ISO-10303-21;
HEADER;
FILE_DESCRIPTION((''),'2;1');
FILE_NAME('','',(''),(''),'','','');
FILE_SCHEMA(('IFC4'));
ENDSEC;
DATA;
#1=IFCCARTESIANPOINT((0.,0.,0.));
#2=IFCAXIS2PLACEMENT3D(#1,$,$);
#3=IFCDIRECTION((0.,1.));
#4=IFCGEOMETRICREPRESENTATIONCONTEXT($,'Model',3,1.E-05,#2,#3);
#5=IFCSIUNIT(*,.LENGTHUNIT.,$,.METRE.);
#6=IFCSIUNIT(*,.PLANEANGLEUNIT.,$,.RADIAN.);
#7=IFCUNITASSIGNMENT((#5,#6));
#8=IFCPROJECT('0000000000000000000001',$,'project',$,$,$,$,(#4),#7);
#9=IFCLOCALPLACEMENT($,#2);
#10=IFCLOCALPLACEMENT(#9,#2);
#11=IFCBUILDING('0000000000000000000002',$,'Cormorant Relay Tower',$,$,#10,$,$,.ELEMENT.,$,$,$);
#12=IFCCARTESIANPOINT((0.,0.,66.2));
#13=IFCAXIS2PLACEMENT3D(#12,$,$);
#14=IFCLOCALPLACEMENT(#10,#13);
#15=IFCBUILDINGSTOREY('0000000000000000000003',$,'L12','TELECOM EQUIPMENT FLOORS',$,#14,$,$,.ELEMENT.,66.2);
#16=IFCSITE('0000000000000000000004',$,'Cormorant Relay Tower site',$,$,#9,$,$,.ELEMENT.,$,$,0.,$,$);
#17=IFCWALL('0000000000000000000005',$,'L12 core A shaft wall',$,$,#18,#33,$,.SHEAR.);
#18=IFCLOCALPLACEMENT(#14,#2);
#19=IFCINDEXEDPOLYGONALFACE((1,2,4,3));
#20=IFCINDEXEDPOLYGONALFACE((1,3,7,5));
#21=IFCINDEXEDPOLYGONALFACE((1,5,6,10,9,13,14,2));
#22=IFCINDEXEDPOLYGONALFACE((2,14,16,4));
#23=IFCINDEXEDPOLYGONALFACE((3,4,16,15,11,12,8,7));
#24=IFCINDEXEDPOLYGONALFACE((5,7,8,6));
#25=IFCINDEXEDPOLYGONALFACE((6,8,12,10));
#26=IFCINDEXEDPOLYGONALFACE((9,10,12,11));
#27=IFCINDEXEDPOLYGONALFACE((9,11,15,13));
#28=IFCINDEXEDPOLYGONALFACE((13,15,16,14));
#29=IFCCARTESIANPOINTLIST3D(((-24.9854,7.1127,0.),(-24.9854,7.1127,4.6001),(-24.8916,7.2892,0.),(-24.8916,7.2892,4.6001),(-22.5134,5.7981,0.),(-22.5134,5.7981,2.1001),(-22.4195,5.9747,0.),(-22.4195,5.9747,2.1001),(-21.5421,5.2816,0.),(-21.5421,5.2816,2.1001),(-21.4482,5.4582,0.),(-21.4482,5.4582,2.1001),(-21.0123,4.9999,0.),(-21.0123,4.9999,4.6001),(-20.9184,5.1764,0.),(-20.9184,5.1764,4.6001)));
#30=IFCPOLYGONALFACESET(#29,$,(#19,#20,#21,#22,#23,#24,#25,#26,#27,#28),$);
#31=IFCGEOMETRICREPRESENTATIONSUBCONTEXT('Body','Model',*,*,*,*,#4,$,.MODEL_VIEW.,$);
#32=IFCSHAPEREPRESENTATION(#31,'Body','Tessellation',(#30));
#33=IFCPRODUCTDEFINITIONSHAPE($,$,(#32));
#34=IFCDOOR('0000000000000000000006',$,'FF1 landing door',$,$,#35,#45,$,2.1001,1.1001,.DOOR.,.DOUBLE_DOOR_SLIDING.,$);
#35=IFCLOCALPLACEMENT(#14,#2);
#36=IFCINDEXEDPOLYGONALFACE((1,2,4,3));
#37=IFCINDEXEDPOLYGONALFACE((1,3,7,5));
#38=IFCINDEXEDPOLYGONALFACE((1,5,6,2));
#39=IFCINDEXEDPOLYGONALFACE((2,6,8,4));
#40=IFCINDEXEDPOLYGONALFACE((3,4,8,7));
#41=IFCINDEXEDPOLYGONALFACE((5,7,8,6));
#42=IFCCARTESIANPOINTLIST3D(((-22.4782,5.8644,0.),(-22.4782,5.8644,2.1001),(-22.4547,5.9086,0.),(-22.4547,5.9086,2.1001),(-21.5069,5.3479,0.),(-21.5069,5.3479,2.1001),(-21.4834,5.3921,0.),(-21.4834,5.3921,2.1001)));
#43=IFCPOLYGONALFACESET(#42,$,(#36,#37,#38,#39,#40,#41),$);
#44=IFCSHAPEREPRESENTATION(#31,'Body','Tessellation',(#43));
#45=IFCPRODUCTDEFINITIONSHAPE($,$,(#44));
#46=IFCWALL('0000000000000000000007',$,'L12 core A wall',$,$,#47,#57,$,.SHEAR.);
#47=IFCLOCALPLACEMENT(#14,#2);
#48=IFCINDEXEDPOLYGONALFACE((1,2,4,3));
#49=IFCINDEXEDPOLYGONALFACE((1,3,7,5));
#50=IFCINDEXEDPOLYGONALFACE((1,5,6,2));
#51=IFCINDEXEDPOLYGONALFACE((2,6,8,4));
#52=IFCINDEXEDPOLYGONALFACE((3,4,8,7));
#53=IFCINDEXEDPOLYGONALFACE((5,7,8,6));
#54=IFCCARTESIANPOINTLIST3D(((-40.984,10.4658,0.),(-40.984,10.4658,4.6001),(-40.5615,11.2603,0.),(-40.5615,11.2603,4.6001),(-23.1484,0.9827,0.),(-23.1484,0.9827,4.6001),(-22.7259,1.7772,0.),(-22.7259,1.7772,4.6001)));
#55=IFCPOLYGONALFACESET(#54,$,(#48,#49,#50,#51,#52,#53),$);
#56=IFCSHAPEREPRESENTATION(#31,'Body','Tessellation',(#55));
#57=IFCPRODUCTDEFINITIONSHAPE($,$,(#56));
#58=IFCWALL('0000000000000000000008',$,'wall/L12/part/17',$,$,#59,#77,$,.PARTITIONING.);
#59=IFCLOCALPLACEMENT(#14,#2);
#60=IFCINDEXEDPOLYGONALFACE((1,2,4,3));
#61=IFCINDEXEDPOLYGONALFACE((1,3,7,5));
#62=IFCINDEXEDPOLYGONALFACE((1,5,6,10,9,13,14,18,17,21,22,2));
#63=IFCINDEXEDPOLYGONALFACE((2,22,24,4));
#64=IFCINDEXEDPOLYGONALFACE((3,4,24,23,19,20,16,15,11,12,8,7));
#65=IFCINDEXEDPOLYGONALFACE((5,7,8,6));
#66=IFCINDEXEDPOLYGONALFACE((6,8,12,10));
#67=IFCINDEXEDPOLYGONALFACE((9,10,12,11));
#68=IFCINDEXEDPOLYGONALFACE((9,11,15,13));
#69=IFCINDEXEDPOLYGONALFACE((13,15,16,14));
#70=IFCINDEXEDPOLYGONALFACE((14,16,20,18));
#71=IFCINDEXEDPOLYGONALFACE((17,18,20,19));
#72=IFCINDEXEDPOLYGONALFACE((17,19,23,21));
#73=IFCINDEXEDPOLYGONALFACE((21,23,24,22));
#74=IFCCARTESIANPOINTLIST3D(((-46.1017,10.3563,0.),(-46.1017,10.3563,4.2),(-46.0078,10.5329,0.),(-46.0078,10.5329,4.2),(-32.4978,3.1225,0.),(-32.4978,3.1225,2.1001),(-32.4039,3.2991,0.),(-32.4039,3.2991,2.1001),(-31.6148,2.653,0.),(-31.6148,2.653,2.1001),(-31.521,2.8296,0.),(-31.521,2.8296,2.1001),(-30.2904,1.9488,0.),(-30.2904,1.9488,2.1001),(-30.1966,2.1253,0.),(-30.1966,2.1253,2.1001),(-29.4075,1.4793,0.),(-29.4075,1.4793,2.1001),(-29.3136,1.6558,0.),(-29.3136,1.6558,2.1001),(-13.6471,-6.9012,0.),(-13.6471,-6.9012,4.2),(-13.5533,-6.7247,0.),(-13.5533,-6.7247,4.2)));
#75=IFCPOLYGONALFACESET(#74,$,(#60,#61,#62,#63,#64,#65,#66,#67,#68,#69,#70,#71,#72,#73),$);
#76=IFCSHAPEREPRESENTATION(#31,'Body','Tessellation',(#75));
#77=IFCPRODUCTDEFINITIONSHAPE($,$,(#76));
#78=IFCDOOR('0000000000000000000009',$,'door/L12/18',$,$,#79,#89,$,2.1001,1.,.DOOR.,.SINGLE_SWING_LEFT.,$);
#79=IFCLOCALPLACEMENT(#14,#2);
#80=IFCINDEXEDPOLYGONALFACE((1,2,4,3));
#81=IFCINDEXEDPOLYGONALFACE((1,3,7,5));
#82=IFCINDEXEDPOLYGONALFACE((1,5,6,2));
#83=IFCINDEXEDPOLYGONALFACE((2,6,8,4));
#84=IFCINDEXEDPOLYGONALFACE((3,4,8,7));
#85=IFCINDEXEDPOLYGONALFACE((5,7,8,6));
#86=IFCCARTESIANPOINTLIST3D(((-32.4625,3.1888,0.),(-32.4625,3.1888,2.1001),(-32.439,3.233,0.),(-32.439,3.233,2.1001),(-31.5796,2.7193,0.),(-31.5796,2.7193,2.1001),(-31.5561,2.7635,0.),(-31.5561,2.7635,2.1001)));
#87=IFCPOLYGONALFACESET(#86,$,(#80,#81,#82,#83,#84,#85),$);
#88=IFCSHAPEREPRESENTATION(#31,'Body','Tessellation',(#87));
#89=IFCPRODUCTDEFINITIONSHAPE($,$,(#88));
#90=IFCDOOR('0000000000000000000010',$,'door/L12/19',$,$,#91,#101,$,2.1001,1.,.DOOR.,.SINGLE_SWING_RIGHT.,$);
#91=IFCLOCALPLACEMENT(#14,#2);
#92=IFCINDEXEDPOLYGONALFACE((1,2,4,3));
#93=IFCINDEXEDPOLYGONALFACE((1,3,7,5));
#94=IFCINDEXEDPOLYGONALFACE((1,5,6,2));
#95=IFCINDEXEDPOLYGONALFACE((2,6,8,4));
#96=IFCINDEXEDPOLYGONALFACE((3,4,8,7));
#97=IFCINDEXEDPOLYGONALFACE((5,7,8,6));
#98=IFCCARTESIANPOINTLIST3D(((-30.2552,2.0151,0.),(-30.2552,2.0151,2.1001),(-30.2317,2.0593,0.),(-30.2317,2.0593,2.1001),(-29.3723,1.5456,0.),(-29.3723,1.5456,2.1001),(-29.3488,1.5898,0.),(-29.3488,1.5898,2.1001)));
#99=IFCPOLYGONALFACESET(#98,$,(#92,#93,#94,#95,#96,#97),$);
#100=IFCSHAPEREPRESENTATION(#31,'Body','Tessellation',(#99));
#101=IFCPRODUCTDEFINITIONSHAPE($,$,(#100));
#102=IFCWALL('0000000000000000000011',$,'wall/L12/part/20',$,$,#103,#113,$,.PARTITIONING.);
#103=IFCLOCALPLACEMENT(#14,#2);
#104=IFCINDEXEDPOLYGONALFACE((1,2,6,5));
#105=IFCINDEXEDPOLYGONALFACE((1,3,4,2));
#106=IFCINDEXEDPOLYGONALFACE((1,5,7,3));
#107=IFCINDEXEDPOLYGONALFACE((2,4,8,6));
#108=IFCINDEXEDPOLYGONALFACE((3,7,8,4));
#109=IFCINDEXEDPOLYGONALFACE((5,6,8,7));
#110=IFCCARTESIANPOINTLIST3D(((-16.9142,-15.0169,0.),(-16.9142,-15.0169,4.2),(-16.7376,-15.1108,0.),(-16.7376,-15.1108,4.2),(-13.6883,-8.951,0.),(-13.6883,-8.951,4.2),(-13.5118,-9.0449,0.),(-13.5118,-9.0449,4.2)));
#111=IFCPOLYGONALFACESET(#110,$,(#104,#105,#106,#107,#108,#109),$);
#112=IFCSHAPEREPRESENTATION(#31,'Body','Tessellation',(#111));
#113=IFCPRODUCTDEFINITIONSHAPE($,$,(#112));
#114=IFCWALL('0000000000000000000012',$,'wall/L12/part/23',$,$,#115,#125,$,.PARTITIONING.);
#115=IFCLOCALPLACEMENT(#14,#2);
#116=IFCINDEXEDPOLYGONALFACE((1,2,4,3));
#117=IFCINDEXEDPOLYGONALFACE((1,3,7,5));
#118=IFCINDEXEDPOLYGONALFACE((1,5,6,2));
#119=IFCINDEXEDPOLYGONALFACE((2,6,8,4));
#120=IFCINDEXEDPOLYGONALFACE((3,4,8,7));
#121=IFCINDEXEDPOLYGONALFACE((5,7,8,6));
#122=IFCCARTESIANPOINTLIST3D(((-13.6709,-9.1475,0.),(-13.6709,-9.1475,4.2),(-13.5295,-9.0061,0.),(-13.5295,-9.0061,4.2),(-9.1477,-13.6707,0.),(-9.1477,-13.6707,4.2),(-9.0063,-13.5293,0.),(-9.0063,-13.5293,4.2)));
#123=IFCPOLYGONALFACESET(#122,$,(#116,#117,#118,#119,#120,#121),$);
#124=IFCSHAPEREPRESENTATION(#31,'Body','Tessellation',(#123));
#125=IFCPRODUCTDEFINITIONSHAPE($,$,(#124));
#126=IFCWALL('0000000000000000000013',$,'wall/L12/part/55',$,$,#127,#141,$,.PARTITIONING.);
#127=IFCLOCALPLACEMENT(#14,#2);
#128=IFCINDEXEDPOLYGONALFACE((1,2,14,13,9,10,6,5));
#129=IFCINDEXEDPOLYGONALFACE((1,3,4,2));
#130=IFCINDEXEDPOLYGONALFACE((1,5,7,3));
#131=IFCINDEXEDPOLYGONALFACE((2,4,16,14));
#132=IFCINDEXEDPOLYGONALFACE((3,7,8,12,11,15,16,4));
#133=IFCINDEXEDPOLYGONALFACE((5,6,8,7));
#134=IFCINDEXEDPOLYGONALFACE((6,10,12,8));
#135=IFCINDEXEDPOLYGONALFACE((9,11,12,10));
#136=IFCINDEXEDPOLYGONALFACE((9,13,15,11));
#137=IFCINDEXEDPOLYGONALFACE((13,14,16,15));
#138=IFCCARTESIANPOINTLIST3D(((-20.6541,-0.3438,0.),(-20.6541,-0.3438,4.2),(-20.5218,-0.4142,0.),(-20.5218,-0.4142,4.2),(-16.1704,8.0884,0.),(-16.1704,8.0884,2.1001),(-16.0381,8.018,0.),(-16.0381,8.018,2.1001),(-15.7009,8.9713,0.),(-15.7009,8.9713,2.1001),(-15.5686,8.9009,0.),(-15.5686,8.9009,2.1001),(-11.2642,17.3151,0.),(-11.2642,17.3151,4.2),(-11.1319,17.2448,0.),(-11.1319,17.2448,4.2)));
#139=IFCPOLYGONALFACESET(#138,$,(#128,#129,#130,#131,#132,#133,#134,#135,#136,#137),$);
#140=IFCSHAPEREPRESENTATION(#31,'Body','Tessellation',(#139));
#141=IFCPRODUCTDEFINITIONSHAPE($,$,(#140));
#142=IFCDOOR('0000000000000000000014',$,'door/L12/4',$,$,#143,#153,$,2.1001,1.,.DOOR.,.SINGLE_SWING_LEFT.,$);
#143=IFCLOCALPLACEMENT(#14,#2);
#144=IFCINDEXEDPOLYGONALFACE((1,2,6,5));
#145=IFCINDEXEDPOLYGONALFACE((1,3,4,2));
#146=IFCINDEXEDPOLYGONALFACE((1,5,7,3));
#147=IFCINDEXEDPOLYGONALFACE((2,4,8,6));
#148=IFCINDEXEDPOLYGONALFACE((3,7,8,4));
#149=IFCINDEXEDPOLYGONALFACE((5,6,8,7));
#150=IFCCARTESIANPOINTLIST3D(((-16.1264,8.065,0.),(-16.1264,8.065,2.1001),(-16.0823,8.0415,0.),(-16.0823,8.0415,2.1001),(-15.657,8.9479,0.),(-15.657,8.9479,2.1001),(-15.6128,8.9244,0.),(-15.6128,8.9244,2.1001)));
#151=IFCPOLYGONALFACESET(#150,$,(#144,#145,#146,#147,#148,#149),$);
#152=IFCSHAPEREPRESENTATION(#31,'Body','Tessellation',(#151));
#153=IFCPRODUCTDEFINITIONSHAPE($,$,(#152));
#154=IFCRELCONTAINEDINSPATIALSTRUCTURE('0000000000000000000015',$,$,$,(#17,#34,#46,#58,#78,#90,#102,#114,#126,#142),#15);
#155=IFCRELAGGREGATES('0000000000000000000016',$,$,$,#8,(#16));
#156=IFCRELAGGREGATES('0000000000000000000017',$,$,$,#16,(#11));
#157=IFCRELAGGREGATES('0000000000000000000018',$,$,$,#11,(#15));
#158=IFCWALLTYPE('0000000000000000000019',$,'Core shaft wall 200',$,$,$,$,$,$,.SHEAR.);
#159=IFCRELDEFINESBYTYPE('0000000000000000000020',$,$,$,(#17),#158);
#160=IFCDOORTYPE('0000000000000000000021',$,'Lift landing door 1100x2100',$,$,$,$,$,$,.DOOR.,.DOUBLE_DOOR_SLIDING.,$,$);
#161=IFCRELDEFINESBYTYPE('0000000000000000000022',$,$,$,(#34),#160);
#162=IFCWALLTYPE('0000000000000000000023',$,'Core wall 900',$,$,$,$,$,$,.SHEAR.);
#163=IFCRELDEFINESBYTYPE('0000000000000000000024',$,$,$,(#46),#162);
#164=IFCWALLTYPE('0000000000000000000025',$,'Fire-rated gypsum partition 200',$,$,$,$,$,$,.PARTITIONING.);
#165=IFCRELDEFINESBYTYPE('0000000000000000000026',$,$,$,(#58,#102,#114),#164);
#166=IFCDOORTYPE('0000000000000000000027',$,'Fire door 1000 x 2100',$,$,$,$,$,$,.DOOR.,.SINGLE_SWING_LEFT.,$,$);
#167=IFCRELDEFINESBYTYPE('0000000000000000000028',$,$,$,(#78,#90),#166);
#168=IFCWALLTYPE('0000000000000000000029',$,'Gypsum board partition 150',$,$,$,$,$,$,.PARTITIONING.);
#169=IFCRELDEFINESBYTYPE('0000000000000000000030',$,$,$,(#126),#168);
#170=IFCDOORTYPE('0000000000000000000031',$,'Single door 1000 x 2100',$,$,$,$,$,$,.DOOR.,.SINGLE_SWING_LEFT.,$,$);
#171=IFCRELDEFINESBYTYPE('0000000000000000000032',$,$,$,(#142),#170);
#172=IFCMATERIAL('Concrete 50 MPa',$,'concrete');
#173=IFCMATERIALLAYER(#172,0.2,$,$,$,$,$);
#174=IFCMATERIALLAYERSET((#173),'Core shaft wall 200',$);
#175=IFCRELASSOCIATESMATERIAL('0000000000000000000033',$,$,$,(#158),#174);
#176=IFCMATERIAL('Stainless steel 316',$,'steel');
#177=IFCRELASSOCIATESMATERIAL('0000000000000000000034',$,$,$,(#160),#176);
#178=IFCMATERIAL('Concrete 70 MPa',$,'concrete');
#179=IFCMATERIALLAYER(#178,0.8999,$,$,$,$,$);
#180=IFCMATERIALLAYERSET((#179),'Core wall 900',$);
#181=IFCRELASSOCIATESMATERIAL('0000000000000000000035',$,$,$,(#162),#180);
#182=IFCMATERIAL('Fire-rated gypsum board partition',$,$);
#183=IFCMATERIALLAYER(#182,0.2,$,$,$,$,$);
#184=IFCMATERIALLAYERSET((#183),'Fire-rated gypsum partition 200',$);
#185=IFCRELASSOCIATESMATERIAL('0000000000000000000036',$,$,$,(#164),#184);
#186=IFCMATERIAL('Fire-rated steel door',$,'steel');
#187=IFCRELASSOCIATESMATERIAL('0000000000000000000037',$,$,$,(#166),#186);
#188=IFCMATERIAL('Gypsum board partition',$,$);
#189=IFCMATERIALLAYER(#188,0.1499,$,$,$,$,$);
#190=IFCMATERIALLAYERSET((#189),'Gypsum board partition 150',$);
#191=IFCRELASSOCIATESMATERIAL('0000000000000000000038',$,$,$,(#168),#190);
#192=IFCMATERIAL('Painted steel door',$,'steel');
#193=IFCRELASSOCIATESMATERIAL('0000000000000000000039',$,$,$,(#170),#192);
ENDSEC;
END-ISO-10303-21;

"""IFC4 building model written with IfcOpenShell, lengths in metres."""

from ifc_helpers import new_model, si_unit, direction, frame, frame_2d, origin, place, context, subcontext, project, spatial, rectangle, extrude, material, layer, layer_set, type_object, element, fill, save


model = new_model("IFC4")

# Units and contexts
model_context = context("Model", 3, precision=1e-05, world=origin(), true_north=direction((0.0, 1.0)))
body_context = subcontext(model_context, "Body", "Model", "MODEL_VIEW")
ifc_project = project(units=[si_unit("LENGTHUNIT", "METRE"), si_unit("PLANEANGLEUNIT", "RADIAN")], contexts=[model_context])

# Site, building, storey
site_placement = place(None, origin())
site = spatial("IfcSite", under=ifc_project, at=site_placement, Name="Cormorant Relay Tower site", CompositionType="ELEMENT", RefElevation=0.0)
building_placement = place(site_placement, origin())
building = spatial("IfcBuilding", under=site, at=building_placement, Name="Cormorant Relay Tower", CompositionType="ELEMENT")
storey_placement = place(building_placement, frame((0.0, 0.0, 66.2)))
storey = spatial("IfcBuildingStorey", under=building, at=storey_placement, Name="L12", Description="TELECOM EQUIPMENT FLOORS", CompositionType="ELEMENT", Elevation=66.2)

# Shared definitions
ifc_material_1 = material(Name="Concrete 50 MPa", Category="concrete")
ifc_layer_1 = layer(ifc_material_1, 0.2)
ifc_layer_set_1 = layer_set([ifc_layer_1], Name="Core shaft wall 200")
wall_type_1 = type_object("IfcWallType", Name="Core shaft wall 200", PredefinedType="SHEAR", material=ifc_layer_set_1)

# Wall, opening, door
wall_1_placement = place(storey_placement, frame((-20.9653, 5.0881, 0.0), z_axis=(0.0, 0.0, 1.0), x_axis=(-0.882926, 0.469512, 0.0)))
wall_1 = element("IfcWall", 1, at=wall_1_placement, inside=storey, type_object=wall_type_1, Name="L12 core A shaft wall", PredefinedType="SHEAR", context=body_context, shape_type="SweptSolid", body=[
    extrude(rectangle(XDim=4.5, YDim=0.2, at=frame_2d((2.25, 0.0))), origin(), (0.0, 0.0, 1.0), 4.6001),
])
opening_1_placement = place(wall_1_placement, frame((0.6001, 0.0, 0.0)))
opening_1 = element("IfcOpeningElement", 2, at=opening_1_placement, cuts=wall_1, PredefinedType="OPENING", context=body_context, shape_type="SweptSolid", body=[
    extrude(rectangle(XDim=1.1001, YDim=2.1001, at=frame_2d((0.55, 1.05))), frame((0.0, 0.1099, 0.0), z_axis=(0.0, -1.0, 0.0), x_axis=(1.0, 0.0, 0.0)), (0.0, 0.0, 1.0), 0.22),
])
ifc_material_2 = material(Name="Stainless steel 316", Category="steel")
door_type_1 = type_object("IfcDoorType", Name="Lift landing door 1100x2100", OperationType="DOUBLE_DOOR_SLIDING", PredefinedType="DOOR", material=ifc_material_2)
door_1_placement = place(opening_1_placement, origin())
door_1 = element("IfcDoor", 3, at=door_1_placement, inside=storey, type_object=door_type_1, Name="FF1 landing door", OperationType="DOUBLE_DOOR_SLIDING", OverallHeight=2.1001, OverallWidth=1.1001, PredefinedType="DOOR", context=body_context, shape_type="SweptSolid", body=[
    extrude(rectangle(XDim=1.1001, YDim=2.1001, at=frame_2d((0.55, 1.05))), frame((0.0, 0.0249, 0.0), z_axis=(0.0, -1.0, 0.0), x_axis=(1.0, 0.0, 0.0)), (0.0, 0.0, 1.0), 0.05),
])
fill(opening_1, door_1)

# Wall
ifc_material_3 = material(Name="Concrete 70 MPa", Category="concrete")
ifc_layer_2 = layer(ifc_material_3, 0.8999)
ifc_layer_set_2 = layer_set([ifc_layer_2], Name="Core wall 900")
wall_type_2 = type_object("IfcWallType", Name="Core wall 900", PredefinedType="SHEAR", material=ifc_layer_set_2)
wall_2_placement = place(storey_placement, frame((-22.937, 1.3799, 0.0), z_axis=(0.0, 0.0, 1.0), x_axis=(-0.882953, 0.469462, 0.0)))
element("IfcWall", 4, at=wall_2_placement, inside=storey, type_object=wall_type_2, Name="L12 core A wall", PredefinedType="SHEAR", context=body_context, shape_type="SweptSolid", body=[
    extrude(rectangle(XDim=20.2, YDim=0.8999, at=frame_2d((10.1001, 0.0))), origin(), (0.0, 0.0, 1.0), 4.6001),
])

# Wall, openings, doors
ifc_material_4 = material(Name="Fire-rated gypsum board partition")
ifc_layer_3 = layer(ifc_material_4, 0.2)
ifc_layer_set_3 = layer_set([ifc_layer_3], Name="Fire-rated gypsum partition 200")
wall_type_3 = type_object("IfcWallType", Name="Fire-rated gypsum partition 200", PredefinedType="PARTITIONING", material=ifc_layer_set_3)
wall_3_placement = place(storey_placement, frame((-13.6001, -6.813, 0.0), z_axis=(0.0, 0.0, 1.0), x_axis=(-0.882935, 0.469496, 0.0)))
wall_3 = element("IfcWall", 5, at=wall_3_placement, inside=storey, type_object=wall_type_3, Name="wall/L12/part/17", PredefinedType="PARTITIONING", context=body_context, shape_type="SweptSolid", body=[
    extrude(rectangle(XDim=36.7576, YDim=0.2, at=frame_2d((18.3789, 0.0))), origin(), (0.0, 0.0, 1.0), 4.2),
])
opening_2_placement = place(wall_3_placement, frame((20.3501, 0.0, 0.0)))
opening_2 = element("IfcOpeningElement", 6, at=opening_2_placement, cuts=wall_3, PredefinedType="OPENING", context=body_context, shape_type="SweptSolid", body=[
    extrude(rectangle(XDim=1.0, YDim=2.1001, at=frame_2d((0.5, 1.05))), frame((0.0, 0.1099, 0.0), z_axis=(0.0, -1.0, 0.0), x_axis=(1.0, 0.0, 0.0)), (0.0, 0.0, 1.0), 0.22),
])
opening_3_placement = place(wall_3_placement, frame((17.8501, 0.0, 0.0)))
opening_3 = element("IfcOpeningElement", 7, at=opening_3_placement, cuts=wall_3, PredefinedType="OPENING", context=body_context, shape_type="SweptSolid", body=[
    extrude(rectangle(XDim=1.0, YDim=2.1001, at=frame_2d((0.5, 1.05))), frame((0.0, 0.1099, 0.0), z_axis=(0.0, -1.0, 0.0), x_axis=(1.0, 0.0, 0.0)), (0.0, 0.0, 1.0), 0.22),
])
ifc_material_5 = material(Name="Fire-rated steel door", Category="steel")
door_type_2 = type_object("IfcDoorType", Name="Fire door 1000 x 2100", OperationType="SINGLE_SWING_LEFT", PredefinedType="DOOR", material=ifc_material_5)
door_2_placement = place(opening_2_placement, origin())
door_2 = element("IfcDoor", 8, at=door_2_placement, inside=storey, type_object=door_type_2, Name="door/L12/18", OperationType="SINGLE_SWING_LEFT", OverallHeight=2.1001, OverallWidth=1.0, PredefinedType="DOOR", context=body_context, shape_type="SweptSolid", body=[
    extrude(rectangle(XDim=1.0, YDim=2.1001, at=frame_2d((0.5, 1.05))), frame((0.0, 0.0249, 0.0), z_axis=(0.0, -1.0, 0.0), x_axis=(1.0, 0.0, 0.0)), (0.0, 0.0, 1.0), 0.05),
])
fill(opening_2, door_2)
door_3_placement = place(opening_3_placement, origin())
door_3 = element("IfcDoor", 9, at=door_3_placement, inside=storey, type_object=door_type_2, Name="door/L12/19", OperationType="SINGLE_SWING_RIGHT", OverallHeight=2.1001, OverallWidth=1.0, PredefinedType="DOOR", context=body_context, shape_type="SweptSolid", body=[
    extrude(rectangle(XDim=1.0, YDim=2.1001, at=frame_2d((0.5, 1.05))), frame((0.0, 0.0249, 0.0), z_axis=(0.0, -1.0, 0.0), x_axis=(1.0, 0.0, 0.0)), (0.0, 0.0, 1.0), 0.05),
])
fill(opening_3, door_3)

# Walls
wall_4_placement = place(storey_placement, frame((-13.6001, -8.998, 0.0), z_axis=(0.0, 0.0, 1.0), x_axis=(-0.469531, -0.882916, 0.0)))
element("IfcWall", 10, at=wall_4_placement, inside=storey, type_object=wall_type_3, Name="wall/L12/part/20", PredefinedType="PARTITIONING", context=body_context, shape_type="SweptSolid", body=[
    extrude(rectangle(XDim=6.8704, YDim=0.2, at=frame_2d((3.4351, 0.0))), origin(), (0.0, 0.0, 1.0), 4.2),
])
wall_5_placement = place(storey_placement, frame((-13.6001, -9.0769, 0.0), z_axis=(0.0, 0.0, 1.0), x_axis=(0.707107, -0.707107, 0.0)))
element("IfcWall", 11, at=wall_5_placement, inside=storey, type_object=wall_type_3, Name="wall/L12/part/23", PredefinedType="PARTITIONING", context=body_context, shape_type="SweptSolid", body=[
    extrude(rectangle(XDim=6.3967, YDim=0.2, at=frame_2d((3.1982, 0.0))), origin(), (0.0, 0.0, 1.0), 4.2),
])

# Wall, opening, door
ifc_material_6 = material(Name="Gypsum board partition")
ifc_layer_4 = layer(ifc_material_6, 0.1499)
ifc_layer_set_4 = layer_set([ifc_layer_4], Name="Gypsum board partition 150")
wall_type_4 = type_object("IfcWallType", Name="Gypsum board partition 150", PredefinedType="PARTITIONING", material=ifc_layer_set_4)
wall_6_placement = place(storey_placement, frame((-20.5879, -0.3789, 0.0), z_axis=(0.0, 0.0, 1.0), x_axis=(0.46949, 0.882938, 0.0)))
wall_6 = element("IfcWall", 12, at=wall_6_placement, inside=storey, type_object=wall_type_4, Name="wall/L12/part/55", PredefinedType="PARTITIONING", context=body_context, shape_type="SweptSolid", body=[
    extrude(rectangle(XDim=20.0002, YDim=0.1499, at=frame_2d((10.0, 0.0))), origin(), (0.0, 0.0, 1.0), 4.2),
])
opening_4_placement = place(wall_6_placement, frame((9.55, 0.0, 0.0)))
opening_4 = element("IfcOpeningElement", 13, at=opening_4_placement, cuts=wall_6, PredefinedType="OPENING", context=body_context, shape_type="SweptSolid", body=[
    extrude(rectangle(XDim=1.0, YDim=2.1001, at=frame_2d((0.5, 1.05))), frame((0.0, 0.085, 0.0), z_axis=(0.0, -1.0, 0.0), x_axis=(1.0, 0.0, 0.0)), (0.0, 0.0, 1.0), 0.1699),
])
ifc_material_7 = material(Name="Painted steel door", Category="steel")
door_type_3 = type_object("IfcDoorType", Name="Single door 1000 x 2100", OperationType="SINGLE_SWING_LEFT", PredefinedType="DOOR", material=ifc_material_7)
door_4_placement = place(opening_4_placement, frame((1.0, 0.0, 0.0), z_axis=(0.0, 0.0, 1.0), x_axis=(-1.0, 0.0, 0.0)))
door_4 = element("IfcDoor", 14, at=door_4_placement, inside=storey, type_object=door_type_3, Name="door/L12/4", OperationType="SINGLE_SWING_LEFT", OverallHeight=2.1001, OverallWidth=1.0, PredefinedType="DOOR", context=body_context, shape_type="SweptSolid", body=[
    extrude(rectangle(XDim=1.0, YDim=2.1001, at=frame_2d((0.5, 1.05))), frame((0.0, 0.0249, 0.0), z_axis=(0.0, -1.0, 0.0), x_axis=(1.0, 0.0, 0.0)), (0.0, 0.0, 1.0), 0.05),
])
fill(opening_4, door_4)

save(model, "model.ifc")
